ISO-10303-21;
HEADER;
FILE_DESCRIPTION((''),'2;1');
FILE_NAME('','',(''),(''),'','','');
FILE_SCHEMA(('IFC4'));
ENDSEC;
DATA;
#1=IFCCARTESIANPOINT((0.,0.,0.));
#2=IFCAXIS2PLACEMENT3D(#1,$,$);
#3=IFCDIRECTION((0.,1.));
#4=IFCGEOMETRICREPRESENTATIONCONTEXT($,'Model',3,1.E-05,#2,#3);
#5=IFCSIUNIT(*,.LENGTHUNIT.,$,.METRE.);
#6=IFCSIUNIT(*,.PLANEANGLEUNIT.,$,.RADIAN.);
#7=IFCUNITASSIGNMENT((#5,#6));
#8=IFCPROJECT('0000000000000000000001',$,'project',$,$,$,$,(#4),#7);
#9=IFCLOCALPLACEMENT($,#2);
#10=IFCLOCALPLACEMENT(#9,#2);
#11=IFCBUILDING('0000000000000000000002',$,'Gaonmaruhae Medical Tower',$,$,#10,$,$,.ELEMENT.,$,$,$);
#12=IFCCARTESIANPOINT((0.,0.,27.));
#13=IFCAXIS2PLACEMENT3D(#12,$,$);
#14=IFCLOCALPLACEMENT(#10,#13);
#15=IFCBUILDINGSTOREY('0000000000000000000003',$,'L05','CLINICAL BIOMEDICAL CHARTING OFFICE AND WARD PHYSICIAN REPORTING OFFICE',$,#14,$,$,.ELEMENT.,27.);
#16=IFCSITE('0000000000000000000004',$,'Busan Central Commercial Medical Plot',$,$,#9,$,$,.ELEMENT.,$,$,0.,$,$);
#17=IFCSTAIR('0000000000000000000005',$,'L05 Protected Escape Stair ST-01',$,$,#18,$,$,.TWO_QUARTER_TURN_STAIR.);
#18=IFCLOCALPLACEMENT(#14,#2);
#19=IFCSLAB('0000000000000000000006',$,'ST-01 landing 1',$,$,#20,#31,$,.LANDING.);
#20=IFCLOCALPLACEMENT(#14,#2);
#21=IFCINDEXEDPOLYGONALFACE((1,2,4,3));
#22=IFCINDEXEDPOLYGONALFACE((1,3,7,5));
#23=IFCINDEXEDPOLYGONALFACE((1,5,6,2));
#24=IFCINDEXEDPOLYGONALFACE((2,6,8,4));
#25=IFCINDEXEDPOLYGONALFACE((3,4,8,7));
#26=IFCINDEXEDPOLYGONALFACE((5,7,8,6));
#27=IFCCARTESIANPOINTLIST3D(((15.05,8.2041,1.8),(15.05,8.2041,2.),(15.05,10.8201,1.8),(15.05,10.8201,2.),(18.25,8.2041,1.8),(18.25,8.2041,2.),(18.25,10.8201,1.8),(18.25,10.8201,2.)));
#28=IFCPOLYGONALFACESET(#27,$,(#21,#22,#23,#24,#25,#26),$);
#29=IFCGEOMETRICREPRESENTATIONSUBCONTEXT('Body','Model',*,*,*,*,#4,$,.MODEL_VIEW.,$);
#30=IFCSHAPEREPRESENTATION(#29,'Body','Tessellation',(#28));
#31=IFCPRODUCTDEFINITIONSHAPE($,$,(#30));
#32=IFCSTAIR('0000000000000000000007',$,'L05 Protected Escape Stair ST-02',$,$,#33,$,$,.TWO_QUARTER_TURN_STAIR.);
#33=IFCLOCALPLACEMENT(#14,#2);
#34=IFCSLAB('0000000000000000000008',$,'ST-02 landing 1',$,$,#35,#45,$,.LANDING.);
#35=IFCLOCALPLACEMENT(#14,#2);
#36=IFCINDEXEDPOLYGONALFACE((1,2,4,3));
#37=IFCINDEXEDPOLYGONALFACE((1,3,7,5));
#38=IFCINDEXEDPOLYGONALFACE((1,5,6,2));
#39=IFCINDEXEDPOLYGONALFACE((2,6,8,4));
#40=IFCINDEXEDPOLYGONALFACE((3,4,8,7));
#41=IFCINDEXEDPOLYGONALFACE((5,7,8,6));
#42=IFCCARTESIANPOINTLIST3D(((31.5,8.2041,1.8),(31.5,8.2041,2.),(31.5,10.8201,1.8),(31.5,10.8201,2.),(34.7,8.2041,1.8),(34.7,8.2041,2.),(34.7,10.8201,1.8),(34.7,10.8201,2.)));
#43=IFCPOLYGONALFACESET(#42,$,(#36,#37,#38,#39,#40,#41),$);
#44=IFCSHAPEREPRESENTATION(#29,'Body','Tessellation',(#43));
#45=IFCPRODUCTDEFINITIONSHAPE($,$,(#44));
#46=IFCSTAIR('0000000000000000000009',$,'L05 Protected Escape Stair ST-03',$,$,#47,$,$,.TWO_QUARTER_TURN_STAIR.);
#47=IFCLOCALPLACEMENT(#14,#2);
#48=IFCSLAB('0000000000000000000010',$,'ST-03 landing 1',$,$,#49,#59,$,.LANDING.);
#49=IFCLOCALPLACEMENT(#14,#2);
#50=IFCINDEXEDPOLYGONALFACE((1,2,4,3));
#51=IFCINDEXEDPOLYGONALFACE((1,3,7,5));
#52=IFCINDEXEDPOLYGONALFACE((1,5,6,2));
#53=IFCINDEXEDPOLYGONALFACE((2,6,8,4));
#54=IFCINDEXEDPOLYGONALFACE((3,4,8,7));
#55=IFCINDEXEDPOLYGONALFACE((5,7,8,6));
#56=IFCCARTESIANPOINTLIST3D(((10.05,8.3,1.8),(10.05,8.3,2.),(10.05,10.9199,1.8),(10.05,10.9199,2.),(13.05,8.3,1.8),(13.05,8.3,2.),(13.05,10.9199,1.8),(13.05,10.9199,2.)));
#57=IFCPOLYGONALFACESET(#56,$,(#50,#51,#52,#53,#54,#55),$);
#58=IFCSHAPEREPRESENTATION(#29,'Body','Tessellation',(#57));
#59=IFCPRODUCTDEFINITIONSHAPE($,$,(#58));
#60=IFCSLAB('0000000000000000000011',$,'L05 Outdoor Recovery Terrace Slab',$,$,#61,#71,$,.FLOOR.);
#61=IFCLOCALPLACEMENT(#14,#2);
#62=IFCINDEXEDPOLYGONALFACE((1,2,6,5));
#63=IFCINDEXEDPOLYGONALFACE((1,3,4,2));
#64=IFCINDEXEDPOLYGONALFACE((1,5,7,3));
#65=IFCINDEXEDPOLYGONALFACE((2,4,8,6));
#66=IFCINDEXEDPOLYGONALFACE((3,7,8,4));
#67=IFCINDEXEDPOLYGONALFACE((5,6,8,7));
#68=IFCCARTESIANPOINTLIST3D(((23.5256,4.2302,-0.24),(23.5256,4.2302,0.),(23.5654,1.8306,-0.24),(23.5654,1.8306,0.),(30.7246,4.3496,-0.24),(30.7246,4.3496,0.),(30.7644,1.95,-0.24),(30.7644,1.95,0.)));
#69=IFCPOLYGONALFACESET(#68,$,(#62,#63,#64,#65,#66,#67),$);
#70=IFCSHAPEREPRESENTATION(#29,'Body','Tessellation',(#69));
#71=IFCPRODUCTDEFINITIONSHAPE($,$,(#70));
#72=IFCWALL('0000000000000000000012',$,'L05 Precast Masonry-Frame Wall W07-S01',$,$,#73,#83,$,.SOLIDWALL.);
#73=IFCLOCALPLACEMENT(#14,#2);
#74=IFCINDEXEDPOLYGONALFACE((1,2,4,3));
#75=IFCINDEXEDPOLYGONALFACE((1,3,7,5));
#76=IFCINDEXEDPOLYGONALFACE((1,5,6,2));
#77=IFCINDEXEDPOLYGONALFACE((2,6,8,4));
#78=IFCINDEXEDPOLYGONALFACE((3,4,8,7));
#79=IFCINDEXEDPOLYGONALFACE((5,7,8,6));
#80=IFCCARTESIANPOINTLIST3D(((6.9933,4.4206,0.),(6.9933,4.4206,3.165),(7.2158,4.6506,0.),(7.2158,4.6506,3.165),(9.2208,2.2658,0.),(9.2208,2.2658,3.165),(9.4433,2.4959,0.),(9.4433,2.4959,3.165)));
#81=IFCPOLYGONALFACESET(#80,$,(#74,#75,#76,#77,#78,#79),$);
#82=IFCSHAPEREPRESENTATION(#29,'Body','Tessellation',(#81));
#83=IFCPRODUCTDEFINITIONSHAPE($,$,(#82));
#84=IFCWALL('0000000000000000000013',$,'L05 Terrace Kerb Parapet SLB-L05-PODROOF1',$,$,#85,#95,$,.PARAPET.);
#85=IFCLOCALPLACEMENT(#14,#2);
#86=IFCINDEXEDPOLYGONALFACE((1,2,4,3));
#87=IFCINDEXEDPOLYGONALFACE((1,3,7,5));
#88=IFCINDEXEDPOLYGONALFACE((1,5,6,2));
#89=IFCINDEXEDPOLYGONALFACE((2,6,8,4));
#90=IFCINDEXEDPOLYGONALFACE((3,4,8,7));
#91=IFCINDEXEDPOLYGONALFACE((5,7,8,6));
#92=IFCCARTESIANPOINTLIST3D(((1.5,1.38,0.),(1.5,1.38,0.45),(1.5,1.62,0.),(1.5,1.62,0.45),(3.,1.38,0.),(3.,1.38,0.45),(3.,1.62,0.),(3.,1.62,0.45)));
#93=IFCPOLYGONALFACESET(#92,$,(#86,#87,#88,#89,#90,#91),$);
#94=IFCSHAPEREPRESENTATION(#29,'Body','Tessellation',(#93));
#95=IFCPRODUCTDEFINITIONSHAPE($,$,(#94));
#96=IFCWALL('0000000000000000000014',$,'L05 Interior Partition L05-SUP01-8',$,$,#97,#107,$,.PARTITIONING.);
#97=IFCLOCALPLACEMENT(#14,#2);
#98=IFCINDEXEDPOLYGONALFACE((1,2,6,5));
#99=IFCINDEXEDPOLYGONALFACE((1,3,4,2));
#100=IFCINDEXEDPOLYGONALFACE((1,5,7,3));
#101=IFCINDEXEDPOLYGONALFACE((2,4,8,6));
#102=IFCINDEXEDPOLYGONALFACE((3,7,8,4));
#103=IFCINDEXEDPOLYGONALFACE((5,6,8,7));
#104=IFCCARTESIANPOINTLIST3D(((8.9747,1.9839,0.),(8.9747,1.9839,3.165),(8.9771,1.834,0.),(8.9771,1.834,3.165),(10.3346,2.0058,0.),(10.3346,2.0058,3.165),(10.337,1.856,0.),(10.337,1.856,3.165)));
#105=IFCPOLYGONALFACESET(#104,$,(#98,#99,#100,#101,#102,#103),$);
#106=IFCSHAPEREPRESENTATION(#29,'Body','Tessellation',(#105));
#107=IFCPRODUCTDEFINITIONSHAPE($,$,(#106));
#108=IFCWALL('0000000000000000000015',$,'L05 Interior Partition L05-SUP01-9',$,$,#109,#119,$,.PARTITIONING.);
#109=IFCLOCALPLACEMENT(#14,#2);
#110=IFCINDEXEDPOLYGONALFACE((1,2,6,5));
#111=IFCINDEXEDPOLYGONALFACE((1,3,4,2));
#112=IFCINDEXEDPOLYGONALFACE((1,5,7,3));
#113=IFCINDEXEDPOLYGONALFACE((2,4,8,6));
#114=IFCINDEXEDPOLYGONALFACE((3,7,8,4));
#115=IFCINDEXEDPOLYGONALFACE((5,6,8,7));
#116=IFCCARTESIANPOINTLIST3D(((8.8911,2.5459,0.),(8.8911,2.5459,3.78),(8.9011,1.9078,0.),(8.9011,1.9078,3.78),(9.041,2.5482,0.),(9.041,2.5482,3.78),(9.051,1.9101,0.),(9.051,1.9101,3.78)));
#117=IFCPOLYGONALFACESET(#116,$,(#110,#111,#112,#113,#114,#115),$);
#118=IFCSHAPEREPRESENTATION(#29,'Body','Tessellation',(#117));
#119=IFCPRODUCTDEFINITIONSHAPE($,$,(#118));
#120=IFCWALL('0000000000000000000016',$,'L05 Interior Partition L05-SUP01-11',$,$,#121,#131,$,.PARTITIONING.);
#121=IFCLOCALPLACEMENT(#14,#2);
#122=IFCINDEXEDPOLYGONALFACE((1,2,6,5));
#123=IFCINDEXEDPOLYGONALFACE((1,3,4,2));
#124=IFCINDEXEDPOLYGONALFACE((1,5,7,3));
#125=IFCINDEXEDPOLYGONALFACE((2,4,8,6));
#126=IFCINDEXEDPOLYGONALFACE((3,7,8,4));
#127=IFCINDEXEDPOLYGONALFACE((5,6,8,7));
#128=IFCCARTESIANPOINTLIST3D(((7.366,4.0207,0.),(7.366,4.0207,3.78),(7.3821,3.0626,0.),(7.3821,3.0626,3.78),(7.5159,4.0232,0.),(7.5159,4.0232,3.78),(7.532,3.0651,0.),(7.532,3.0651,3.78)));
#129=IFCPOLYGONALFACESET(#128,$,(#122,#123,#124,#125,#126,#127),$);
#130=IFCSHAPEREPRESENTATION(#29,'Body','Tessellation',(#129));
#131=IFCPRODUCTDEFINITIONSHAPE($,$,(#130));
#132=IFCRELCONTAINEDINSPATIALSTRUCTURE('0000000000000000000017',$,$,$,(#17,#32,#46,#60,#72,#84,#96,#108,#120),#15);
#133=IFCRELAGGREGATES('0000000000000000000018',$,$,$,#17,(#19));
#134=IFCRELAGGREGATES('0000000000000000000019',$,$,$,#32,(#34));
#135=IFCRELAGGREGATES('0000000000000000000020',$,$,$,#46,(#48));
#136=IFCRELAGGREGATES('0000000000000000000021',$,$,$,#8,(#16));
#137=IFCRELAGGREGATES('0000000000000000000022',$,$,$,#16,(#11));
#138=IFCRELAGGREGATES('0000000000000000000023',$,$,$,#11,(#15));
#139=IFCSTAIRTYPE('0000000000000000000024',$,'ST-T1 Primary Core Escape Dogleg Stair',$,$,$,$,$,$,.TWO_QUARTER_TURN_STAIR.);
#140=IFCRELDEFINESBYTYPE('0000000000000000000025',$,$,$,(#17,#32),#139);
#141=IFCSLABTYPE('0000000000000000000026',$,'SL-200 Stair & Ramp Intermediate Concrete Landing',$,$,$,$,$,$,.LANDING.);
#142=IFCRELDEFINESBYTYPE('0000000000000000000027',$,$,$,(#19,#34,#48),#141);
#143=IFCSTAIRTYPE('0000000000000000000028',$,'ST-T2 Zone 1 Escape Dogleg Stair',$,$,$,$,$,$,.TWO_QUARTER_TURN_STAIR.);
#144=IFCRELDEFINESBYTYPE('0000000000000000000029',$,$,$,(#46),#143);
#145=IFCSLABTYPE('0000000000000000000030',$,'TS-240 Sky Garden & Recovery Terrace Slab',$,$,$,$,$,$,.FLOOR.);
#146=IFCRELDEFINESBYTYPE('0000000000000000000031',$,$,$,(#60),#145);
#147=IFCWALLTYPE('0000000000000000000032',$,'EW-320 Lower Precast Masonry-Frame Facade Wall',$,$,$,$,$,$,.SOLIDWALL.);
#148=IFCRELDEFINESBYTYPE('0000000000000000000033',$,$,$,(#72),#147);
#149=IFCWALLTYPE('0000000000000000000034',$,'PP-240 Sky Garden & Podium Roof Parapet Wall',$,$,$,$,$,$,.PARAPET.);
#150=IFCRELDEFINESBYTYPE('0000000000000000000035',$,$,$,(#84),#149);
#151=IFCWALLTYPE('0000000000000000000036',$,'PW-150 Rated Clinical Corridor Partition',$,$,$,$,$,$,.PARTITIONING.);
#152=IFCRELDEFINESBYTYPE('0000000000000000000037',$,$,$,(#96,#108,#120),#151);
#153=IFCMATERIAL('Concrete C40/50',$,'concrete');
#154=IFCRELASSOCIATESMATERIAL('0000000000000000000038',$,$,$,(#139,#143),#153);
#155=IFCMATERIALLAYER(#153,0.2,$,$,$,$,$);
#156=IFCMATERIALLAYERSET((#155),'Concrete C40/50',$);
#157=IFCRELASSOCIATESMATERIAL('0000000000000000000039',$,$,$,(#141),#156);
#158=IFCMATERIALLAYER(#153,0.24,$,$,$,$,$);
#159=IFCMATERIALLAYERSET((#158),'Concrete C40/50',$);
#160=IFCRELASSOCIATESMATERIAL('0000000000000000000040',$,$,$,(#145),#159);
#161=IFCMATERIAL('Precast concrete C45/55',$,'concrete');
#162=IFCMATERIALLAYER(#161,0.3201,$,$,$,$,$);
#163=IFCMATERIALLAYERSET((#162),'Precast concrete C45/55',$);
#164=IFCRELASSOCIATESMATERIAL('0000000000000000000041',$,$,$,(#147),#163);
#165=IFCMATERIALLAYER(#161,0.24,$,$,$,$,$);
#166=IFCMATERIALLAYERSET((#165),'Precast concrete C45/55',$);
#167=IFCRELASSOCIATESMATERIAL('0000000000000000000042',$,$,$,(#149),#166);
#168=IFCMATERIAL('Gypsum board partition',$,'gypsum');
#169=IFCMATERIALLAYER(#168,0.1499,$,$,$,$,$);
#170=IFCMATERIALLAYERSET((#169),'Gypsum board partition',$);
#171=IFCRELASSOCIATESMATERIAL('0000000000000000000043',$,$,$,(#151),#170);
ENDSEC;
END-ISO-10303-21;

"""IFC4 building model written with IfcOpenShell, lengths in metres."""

from ifc_helpers import new_model, si_unit, direction, frame, frame_2d, origin, place, context, subcontext, project, spatial, polyline, rectangle, outline, extrude, material, layer, layer_set, type_object, element, aggregate, save


model = new_model("IFC4")

# Units and contexts
model_context = context("Model", 3, precision=1e-05, world=origin(), true_north=direction((0.0, 1.0)))
body_context = subcontext(model_context, "Body", "Model", "MODEL_VIEW")
ifc_project = project(units=[si_unit("LENGTHUNIT", "METRE"), si_unit("PLANEANGLEUNIT", "RADIAN")], contexts=[model_context])

# Site, building, storey
site_placement = place(None, origin())
site = spatial("IfcSite", under=ifc_project, at=site_placement, Name="Busan Central Commercial Medical Plot", CompositionType="ELEMENT", RefElevation=0.0)
building_placement = place(site_placement, origin())
building = spatial("IfcBuilding", under=site, at=building_placement, Name="Gaonmaruhae Medical Tower", CompositionType="ELEMENT")
storey_placement = place(building_placement, frame((0.0, 0.0, 27.0)))
storey = spatial("IfcBuildingStorey", under=building, at=storey_placement, Name="L05", Description="CLINICAL BIOMEDICAL CHARTING OFFICE AND WARD PHYSICIAN REPORTING OFFICE", CompositionType="ELEMENT", Elevation=27.0)

# Shared definitions
ifc_material_1 = material(Name="Concrete C40/50", Category="concrete")

# Stairs, slabs
stair_type_1 = type_object("IfcStairType", Name="ST-T1 Primary Core Escape Dogleg Stair", PredefinedType="TWO_QUARTER_TURN_STAIR", material=ifc_material_1)
stair_1_placement = place(storey_placement, origin())
stair_1 = element("IfcStair", 1, at=stair_1_placement, inside=storey, type_object=stair_type_1, Name="L05 Protected Escape Stair ST-01", PredefinedType="TWO_QUARTER_TURN_STAIR")
ifc_layer_1 = layer(ifc_material_1, 0.2)
ifc_layer_set_1 = layer_set([ifc_layer_1], Name="Concrete C40/50")
slab_type_1 = type_object("IfcSlabType", Name="SL-200 Stair & Ramp Intermediate Concrete Landing", PredefinedType="LANDING", material=ifc_layer_set_1)
slab_1_placement = place(storey_placement, frame((0.0, 0.0, 1.8)))
slab_1 = element("IfcSlab", 2, at=slab_1_placement, type_object=slab_type_1, Name="ST-01 landing 1", PredefinedType="LANDING", context=body_context, shape_type="SweptSolid", body=[
    extrude(outline(polyline([(15.05, 10.8201), (15.05, 8.2041), (18.25, 8.2041), (18.25, 10.8201), (15.05, 10.8201)])), origin(), (0.0, 0.0, 1.0), 0.2),
])
aggregate(stair_1, [slab_1])
stair_2_placement = place(storey_placement, origin())
stair_2 = element("IfcStair", 3, at=stair_2_placement, inside=storey, type_object=stair_type_1, Name="L05 Protected Escape Stair ST-02", PredefinedType="TWO_QUARTER_TURN_STAIR")
slab_2_placement = place(storey_placement, frame((0.0, 0.0, 1.8)))
slab_2 = element("IfcSlab", 4, at=slab_2_placement, type_object=slab_type_1, Name="ST-02 landing 1", PredefinedType="LANDING", context=body_context, shape_type="SweptSolid", body=[
    extrude(outline(polyline([(31.5, 10.8201), (31.5, 8.2041), (34.7, 8.2041), (34.7, 10.8201), (31.5, 10.8201)])), origin(), (0.0, 0.0, 1.0), 0.2),
])
aggregate(stair_2, [slab_2])
stair_type_2 = type_object("IfcStairType", Name="ST-T2 Zone 1 Escape Dogleg Stair", PredefinedType="TWO_QUARTER_TURN_STAIR", material=ifc_material_1)
stair_3_placement = place(storey_placement, origin())
stair_3 = element("IfcStair", 5, at=stair_3_placement, inside=storey, type_object=stair_type_2, Name="L05 Protected Escape Stair ST-03", PredefinedType="TWO_QUARTER_TURN_STAIR")
slab_3_placement = place(storey_placement, frame((0.0, 0.0, 1.8)))
slab_3 = element("IfcSlab", 6, at=slab_3_placement, type_object=slab_type_1, Name="ST-03 landing 1", PredefinedType="LANDING", context=body_context, shape_type="SweptSolid", body=[
    extrude(outline(polyline([(10.05, 10.9199), (10.05, 8.3), (13.05, 8.3), (13.05, 10.9199), (10.05, 10.9199)])), origin(), (0.0, 0.0, 1.0), 0.2),
])
aggregate(stair_3, [slab_3])

# Slab
ifc_layer_2 = layer(ifc_material_1, 0.24)
ifc_layer_set_2 = layer_set([ifc_layer_2], Name="Concrete C40/50")
slab_type_2 = type_object("IfcSlabType", Name="TS-240 Sky Garden & Recovery Terrace Slab", PredefinedType="FLOOR", material=ifc_layer_set_2)
slab_4_placement = place(storey_placement, frame((0.0, 0.0, -0.24)))
element("IfcSlab", 7, at=slab_4_placement, inside=storey, type_object=slab_type_2, Name="L05 Outdoor Recovery Terrace Slab", PredefinedType="FLOOR", context=body_context, shape_type="SweptSolid", body=[
    extrude(outline(polyline([(23.5654, 1.8306), (30.7644, 1.95), (30.7246, 4.3496), (23.5256, 4.2302), (23.5654, 1.8306)])), origin(), (0.0, 0.0, 1.0), 0.24),
])

# Walls
ifc_material_2 = material(Name="Precast concrete C45/55", Category="concrete")
ifc_layer_3 = layer(ifc_material_2, 0.3201)
ifc_layer_set_3 = layer_set([ifc_layer_3], Name="Precast concrete C45/55")
wall_type_1 = type_object("IfcWallType", Name="EW-320 Lower Precast Masonry-Frame Facade Wall", PredefinedType="SOLIDWALL", material=ifc_layer_set_3)
wall_1_placement = place(storey_placement, frame((9.332, 2.3809, 0.0), z_axis=(0.0, 0.0, 1.0), x_axis=(-0.718747, 0.695272, 0.0)))
element("IfcWall", 8, at=wall_1_placement, inside=storey, type_object=wall_type_1, Name="L05 Precast Masonry-Frame Wall W07-S01", PredefinedType="SOLIDWALL", context=body_context, shape_type="SweptSolid", body=[
    extrude(rectangle(XDim=3.0991, YDim=0.3201, at=frame_2d((1.5496, 0.0))), origin(), (0.0, 0.0, 1.0), 3.165),
])
ifc_layer_4 = layer(ifc_material_2, 0.24)
ifc_layer_set_4 = layer_set([ifc_layer_4], Name="Precast concrete C45/55")
wall_type_2 = type_object("IfcWallType", Name="PP-240 Sky Garden & Podium Roof Parapet Wall", PredefinedType="PARAPET", material=ifc_layer_set_4)
wall_2_placement = place(storey_placement, frame((3.0, 1.5, 0.0), z_axis=(0.0, 0.0, 1.0), x_axis=(-1.0, 0.0, 0.0)))
element("IfcWall", 9, at=wall_2_placement, inside=storey, type_object=wall_type_2, Name="L05 Terrace Kerb Parapet SLB-L05-PODROOF1", PredefinedType="PARAPET", context=body_context, shape_type="SweptSolid", body=[
    extrude(rectangle(XDim=1.5, YDim=0.24, at=frame_2d((0.75, 0.0))), origin(), (0.0, 0.0, 1.0), 0.45),
])
ifc_material_3 = material(Name="Gypsum board partition", Category="gypsum")
ifc_layer_5 = layer(ifc_material_3, 0.1499)
ifc_layer_set_5 = layer_set([ifc_layer_5], Name="Gypsum board partition")
wall_type_3 = type_object("IfcWallType", Name="PW-150 Rated Clinical Corridor Partition", PredefinedType="PARTITIONING", material=ifc_layer_set_5)
wall_3_placement = place(storey_placement, frame((10.3359, 1.9309, 0.0), z_axis=(0.0, 0.0, 1.0), x_axis=(-0.999869, -0.016156, 0.0)))
element("IfcWall", 10, at=wall_3_placement, inside=storey, type_object=wall_type_3, Name="L05 Interior Partition L05-SUP01-8", PredefinedType="PARTITIONING", context=body_context, shape_type="SweptSolid", body=[
    extrude(rectangle(XDim=1.3601, YDim=0.1499, at=frame_2d((0.6802, 0.0))), origin(), (0.0, 0.0, 1.0), 3.165),
])
wall_4_placement = place(storey_placement, frame((8.9761, 1.9089, 0.0), z_axis=(0.0, 0.0, 1.0), x_axis=(-0.015683, 0.999877, 0.0)))
element("IfcWall", 11, at=wall_4_placement, inside=storey, type_object=wall_type_3, Name="L05 Interior Partition L05-SUP01-9", PredefinedType="PARTITIONING", context=body_context, shape_type="SweptSolid", body=[
    extrude(rectangle(XDim=0.6382, YDim=0.1499, at=frame_2d((0.3191, 0.0))), origin(), (0.0, 0.0, 1.0), 3.78),
])
wall_5_placement = place(storey_placement, frame((7.457, 3.064, 0.0), z_axis=(0.0, 0.0, 1.0), x_axis=(-0.016817, 0.999859, 0.0)))
element("IfcWall", 12, at=wall_5_placement, inside=storey, type_object=wall_type_3, Name="L05 Interior Partition L05-SUP01-11", PredefinedType="PARTITIONING", context=body_context, shape_type="SweptSolid", body=[
    extrude(rectangle(XDim=0.9583, YDim=0.1499, at=frame_2d((0.479, 0.0))), origin(), (0.0, 0.0, 1.0), 3.78),
])

save(model, "model.ifc")
